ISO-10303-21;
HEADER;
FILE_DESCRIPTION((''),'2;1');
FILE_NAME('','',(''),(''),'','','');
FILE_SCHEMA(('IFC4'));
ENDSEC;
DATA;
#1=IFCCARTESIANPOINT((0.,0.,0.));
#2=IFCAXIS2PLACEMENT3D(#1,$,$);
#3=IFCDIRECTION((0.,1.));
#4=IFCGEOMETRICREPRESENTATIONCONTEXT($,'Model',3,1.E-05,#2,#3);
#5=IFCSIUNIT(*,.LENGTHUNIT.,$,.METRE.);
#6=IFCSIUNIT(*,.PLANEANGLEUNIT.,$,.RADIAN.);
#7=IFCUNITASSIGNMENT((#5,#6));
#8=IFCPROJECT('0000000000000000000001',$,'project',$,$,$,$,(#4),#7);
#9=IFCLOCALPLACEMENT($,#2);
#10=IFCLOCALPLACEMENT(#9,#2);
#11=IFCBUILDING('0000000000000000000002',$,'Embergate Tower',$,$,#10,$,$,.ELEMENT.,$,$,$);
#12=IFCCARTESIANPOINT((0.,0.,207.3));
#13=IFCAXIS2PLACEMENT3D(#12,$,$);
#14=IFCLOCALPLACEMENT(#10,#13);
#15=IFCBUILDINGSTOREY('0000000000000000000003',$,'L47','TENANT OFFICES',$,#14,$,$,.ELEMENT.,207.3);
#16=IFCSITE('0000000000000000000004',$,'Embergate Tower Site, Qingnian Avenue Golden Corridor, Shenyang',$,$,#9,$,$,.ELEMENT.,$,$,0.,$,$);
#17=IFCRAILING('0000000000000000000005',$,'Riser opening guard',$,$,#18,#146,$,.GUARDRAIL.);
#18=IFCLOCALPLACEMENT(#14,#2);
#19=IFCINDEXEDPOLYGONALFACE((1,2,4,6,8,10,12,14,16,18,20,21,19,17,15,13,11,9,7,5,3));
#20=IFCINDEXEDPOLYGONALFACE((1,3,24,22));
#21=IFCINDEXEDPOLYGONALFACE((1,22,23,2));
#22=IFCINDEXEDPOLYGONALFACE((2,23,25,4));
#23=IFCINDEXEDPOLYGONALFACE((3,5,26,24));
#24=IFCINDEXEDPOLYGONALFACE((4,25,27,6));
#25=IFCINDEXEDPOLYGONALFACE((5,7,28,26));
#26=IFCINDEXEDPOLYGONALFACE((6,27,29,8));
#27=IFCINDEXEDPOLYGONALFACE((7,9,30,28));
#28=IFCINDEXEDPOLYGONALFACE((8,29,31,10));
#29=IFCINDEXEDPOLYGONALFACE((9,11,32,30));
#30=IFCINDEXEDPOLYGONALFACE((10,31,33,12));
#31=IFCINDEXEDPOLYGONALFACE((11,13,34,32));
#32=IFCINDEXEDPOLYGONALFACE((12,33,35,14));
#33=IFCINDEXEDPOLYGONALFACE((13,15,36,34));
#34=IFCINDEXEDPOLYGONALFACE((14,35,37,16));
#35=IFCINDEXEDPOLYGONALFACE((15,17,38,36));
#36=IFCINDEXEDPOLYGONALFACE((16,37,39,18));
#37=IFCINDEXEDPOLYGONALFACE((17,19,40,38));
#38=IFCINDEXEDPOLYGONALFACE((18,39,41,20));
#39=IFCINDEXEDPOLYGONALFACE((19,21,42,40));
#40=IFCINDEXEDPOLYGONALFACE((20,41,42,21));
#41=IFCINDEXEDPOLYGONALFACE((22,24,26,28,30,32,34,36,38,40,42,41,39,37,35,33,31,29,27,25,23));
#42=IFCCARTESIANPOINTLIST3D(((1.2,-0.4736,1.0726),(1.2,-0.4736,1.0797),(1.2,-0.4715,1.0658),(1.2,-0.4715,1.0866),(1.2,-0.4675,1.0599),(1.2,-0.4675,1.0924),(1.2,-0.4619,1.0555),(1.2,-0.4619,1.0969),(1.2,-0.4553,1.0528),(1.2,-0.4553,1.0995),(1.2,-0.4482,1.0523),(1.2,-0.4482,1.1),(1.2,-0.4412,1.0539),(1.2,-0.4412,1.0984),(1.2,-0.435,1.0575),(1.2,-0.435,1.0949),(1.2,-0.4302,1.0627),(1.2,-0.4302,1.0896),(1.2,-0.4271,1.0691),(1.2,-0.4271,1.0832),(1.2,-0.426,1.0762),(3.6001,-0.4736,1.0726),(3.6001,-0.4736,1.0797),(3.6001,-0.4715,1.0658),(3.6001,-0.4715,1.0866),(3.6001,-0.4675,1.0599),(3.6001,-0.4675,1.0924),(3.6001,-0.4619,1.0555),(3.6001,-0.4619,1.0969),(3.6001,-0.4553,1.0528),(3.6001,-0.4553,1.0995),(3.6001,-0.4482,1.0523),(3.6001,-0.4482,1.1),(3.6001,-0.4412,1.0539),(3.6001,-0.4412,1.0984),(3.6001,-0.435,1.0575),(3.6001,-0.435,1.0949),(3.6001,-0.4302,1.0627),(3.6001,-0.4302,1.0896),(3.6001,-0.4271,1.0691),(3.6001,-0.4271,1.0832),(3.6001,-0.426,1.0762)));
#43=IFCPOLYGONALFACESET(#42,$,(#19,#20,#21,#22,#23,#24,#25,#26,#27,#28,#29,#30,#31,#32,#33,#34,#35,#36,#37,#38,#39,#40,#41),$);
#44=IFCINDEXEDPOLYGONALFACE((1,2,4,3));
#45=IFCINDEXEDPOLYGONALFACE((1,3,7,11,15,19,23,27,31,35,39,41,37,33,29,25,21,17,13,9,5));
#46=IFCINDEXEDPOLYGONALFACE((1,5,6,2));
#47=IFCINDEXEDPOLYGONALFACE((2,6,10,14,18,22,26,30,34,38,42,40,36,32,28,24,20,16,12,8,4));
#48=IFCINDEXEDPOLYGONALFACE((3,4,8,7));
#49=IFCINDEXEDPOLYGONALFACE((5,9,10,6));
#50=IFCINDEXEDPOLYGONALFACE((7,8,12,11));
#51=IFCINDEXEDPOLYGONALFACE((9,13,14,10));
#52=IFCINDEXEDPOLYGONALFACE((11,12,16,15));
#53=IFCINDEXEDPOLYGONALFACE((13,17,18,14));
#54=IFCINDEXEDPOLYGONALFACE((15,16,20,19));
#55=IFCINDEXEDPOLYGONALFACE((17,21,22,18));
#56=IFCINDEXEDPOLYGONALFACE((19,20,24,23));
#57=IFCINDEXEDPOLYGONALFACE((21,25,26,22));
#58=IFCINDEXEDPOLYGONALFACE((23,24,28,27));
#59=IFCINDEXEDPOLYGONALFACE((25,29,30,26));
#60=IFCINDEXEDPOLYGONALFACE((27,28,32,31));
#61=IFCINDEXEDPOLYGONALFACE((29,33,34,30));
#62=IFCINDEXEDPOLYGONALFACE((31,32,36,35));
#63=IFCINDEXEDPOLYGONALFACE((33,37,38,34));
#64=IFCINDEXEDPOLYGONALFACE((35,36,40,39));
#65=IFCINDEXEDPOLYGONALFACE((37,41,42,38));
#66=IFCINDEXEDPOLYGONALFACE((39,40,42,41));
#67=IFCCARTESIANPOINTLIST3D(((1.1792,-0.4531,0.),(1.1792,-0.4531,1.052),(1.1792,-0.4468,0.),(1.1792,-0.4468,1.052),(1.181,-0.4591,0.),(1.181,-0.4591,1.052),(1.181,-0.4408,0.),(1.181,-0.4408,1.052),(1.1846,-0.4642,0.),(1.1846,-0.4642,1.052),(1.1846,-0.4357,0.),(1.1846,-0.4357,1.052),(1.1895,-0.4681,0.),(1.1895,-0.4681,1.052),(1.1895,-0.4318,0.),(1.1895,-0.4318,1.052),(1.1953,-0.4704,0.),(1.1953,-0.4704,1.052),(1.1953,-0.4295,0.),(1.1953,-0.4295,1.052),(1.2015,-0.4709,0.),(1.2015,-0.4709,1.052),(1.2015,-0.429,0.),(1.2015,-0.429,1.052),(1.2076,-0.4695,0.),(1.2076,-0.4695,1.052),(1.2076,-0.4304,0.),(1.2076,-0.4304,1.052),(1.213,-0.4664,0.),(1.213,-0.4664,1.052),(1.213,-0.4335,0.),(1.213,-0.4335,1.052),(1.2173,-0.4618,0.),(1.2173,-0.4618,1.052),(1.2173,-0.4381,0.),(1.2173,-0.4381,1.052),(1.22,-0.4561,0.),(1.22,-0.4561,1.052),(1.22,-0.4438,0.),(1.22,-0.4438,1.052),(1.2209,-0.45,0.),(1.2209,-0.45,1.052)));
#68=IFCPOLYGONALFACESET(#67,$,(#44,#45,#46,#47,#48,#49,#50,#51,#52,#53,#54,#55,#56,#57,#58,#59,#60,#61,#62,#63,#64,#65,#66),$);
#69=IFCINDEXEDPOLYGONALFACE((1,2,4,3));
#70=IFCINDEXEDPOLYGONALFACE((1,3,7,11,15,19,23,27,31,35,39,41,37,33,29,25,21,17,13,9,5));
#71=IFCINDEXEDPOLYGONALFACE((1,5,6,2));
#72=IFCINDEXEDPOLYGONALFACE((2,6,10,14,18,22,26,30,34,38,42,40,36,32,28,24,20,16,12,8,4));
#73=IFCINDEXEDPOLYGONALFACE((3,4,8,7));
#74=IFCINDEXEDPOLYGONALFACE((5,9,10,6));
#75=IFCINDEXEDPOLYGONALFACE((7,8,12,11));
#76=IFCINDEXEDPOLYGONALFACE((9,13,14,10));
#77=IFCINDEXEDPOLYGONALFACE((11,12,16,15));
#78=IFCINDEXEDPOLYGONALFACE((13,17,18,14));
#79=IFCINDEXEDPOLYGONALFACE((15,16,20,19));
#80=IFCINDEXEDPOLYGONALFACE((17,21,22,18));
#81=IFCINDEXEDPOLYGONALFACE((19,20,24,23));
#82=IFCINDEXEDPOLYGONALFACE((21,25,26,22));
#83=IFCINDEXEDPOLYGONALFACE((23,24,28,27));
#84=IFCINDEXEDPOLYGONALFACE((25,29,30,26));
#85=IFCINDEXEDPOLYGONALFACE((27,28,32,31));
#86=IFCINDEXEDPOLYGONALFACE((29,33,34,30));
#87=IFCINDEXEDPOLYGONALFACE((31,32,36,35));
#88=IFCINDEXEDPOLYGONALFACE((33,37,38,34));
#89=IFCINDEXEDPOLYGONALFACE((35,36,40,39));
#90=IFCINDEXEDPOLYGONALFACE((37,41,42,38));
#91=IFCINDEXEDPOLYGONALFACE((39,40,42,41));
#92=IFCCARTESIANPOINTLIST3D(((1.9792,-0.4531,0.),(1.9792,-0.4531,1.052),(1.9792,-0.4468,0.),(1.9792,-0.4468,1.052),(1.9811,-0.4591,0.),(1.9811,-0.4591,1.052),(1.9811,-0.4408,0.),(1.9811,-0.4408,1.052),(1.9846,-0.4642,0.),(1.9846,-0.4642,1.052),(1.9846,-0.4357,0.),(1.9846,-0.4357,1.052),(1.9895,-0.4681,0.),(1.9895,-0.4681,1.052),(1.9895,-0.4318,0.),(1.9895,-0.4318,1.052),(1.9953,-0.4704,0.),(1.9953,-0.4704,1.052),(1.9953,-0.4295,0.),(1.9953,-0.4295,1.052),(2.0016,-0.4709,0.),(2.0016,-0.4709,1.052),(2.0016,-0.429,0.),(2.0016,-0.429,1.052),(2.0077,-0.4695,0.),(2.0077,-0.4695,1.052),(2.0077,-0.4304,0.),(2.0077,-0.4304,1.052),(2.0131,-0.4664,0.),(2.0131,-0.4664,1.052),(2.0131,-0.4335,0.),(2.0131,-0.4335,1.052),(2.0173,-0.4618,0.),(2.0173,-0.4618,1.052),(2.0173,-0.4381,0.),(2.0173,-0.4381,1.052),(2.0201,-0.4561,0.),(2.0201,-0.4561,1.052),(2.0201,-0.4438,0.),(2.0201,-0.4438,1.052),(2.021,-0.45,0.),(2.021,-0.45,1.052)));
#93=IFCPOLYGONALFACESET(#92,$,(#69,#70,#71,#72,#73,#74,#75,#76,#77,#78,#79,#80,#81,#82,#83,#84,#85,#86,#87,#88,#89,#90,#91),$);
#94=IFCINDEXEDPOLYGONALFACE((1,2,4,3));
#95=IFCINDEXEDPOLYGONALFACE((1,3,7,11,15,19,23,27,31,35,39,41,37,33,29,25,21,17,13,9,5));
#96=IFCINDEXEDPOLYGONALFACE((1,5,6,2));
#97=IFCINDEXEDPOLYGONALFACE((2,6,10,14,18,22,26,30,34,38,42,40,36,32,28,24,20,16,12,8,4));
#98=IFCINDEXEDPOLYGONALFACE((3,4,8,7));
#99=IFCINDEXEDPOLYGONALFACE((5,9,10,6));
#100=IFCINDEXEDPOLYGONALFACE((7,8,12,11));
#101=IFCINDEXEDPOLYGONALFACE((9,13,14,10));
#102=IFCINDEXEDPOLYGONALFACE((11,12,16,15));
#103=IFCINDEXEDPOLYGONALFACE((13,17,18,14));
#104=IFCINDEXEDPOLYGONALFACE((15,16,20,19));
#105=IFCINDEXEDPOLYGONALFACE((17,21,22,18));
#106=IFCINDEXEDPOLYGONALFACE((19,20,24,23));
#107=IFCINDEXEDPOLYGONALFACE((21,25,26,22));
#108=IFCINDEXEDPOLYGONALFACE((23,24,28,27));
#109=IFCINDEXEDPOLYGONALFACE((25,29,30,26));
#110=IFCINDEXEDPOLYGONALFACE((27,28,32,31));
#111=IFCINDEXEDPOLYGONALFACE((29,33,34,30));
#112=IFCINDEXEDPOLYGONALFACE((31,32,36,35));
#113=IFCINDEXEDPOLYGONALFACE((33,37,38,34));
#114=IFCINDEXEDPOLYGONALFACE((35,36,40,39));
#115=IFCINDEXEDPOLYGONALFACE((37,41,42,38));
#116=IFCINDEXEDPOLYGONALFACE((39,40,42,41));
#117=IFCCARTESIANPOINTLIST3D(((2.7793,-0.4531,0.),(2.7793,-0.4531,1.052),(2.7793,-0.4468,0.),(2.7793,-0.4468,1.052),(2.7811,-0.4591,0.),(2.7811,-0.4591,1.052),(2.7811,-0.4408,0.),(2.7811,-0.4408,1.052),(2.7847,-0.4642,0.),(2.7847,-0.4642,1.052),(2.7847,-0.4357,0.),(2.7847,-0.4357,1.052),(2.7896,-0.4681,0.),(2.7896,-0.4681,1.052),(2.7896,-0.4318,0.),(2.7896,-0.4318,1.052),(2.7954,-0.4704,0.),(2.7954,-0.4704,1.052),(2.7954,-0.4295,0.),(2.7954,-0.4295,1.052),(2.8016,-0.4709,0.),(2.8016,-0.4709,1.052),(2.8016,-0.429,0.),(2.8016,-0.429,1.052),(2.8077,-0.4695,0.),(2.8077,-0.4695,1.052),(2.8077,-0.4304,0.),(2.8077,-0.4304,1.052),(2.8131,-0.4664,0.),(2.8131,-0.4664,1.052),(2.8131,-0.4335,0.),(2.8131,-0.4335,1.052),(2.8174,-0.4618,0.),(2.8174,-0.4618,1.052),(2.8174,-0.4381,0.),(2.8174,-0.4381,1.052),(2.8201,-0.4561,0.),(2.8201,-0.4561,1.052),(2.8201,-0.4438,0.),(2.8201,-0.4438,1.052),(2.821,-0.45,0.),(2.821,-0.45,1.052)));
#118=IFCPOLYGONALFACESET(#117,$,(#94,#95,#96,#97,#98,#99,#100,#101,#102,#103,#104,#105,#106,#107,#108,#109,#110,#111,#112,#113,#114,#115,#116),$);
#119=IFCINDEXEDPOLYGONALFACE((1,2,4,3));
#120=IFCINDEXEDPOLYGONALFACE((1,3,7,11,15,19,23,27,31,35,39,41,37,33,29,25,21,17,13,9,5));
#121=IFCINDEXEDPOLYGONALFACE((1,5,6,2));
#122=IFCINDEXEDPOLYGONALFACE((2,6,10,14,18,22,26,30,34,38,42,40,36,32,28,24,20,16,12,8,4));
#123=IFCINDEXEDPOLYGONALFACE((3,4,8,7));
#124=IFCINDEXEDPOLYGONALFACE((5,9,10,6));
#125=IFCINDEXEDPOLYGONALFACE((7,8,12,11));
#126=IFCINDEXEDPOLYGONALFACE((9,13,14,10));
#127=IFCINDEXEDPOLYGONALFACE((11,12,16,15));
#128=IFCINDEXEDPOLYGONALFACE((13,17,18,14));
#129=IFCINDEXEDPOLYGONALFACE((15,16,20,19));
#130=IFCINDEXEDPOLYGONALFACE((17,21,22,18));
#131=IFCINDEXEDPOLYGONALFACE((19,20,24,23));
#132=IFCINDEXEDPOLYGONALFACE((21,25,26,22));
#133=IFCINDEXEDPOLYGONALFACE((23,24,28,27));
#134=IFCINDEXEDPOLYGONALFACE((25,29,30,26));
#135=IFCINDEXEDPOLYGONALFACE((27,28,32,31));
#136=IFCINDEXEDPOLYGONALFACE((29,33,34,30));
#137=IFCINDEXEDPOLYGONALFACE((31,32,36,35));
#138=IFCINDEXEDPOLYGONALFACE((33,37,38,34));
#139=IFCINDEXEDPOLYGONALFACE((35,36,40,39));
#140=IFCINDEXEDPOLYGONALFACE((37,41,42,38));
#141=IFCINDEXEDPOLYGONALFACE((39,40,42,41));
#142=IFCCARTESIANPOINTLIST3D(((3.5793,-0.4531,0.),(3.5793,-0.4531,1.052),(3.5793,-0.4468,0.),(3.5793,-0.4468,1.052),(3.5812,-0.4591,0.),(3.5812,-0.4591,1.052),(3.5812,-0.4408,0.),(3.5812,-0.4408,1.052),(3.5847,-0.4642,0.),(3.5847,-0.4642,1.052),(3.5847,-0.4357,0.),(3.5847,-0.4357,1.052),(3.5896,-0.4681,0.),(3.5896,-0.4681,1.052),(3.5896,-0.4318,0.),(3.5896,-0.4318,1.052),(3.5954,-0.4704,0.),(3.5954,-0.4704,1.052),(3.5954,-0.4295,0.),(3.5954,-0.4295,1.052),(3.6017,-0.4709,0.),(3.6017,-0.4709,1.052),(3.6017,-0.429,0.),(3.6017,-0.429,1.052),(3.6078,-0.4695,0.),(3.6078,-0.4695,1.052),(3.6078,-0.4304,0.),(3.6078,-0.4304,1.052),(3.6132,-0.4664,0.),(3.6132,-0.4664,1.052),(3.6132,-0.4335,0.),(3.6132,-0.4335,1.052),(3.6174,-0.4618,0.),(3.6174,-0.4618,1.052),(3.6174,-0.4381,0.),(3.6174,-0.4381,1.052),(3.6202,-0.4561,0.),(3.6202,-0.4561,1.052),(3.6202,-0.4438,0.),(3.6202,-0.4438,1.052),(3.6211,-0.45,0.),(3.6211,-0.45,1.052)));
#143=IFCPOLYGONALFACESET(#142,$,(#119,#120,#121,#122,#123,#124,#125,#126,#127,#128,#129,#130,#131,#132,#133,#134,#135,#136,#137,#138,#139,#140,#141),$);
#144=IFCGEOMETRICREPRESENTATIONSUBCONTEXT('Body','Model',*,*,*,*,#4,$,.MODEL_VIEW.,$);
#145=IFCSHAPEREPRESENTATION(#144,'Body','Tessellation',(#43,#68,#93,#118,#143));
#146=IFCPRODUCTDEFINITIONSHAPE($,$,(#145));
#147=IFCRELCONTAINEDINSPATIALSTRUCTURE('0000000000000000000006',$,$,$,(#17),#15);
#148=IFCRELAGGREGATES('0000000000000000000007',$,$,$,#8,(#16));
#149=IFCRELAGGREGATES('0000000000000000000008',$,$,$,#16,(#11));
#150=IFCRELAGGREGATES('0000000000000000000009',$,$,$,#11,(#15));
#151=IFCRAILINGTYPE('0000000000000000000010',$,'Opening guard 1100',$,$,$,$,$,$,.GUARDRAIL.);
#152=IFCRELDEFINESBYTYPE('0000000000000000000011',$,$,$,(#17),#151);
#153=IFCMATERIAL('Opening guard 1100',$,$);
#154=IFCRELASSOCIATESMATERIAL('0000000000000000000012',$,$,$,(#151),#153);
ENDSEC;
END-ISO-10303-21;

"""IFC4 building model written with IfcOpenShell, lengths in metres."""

from ifc_helpers import new_model, si_unit, direction, frame, origin, origin_2d, place, context, subcontext, project, spatial, circle, extrude, source, transform, mapped, material, type_object, element, save


model = new_model("IFC4")

# Units and contexts
model_context = context("Model", 3, precision=1e-05, world=origin(), true_north=direction((0.0, 1.0)))
body_context = subcontext(model_context, "Body", "Model", "MODEL_VIEW")
ifc_project = project(units=[si_unit("LENGTHUNIT", "METRE"), si_unit("PLANEANGLEUNIT", "RADIAN")], contexts=[model_context])

# Site, building, storey
site_placement = place(None, origin())
site = spatial("IfcSite", under=ifc_project, at=site_placement, Name="Embergate Tower Site, Qingnian Avenue Golden Corridor, Shenyang", CompositionType="ELEMENT", RefElevation=0.0)
building_placement = place(site_placement, origin())
building = spatial("IfcBuilding", under=site, at=building_placement, Name="Embergate Tower", CompositionType="ELEMENT")
storey_placement = place(building_placement, frame((0.0, 0.0, 207.3)))
storey = spatial("IfcBuildingStorey", under=building, at=storey_placement, Name="L47", Description="TENANT OFFICES", CompositionType="ELEMENT", Elevation=207.3)

# Railing
ifc_material_1 = material(Name="Opening guard 1100")
railing_type_1 = type_object("IfcRailingType", Name="Opening guard 1100", PredefinedType="GUARDRAIL", material=ifc_material_1)
shared_shape_1 = source(origin(), body_context, "Body", "SweptSolid", [
    extrude(circle(Radius=0.0239, at=origin_2d()), frame((0.0, 0.0, 1.0762), z_axis=(1.0, 0.0, 0.0), x_axis=(0.0, 1.0, 0.0)), (0.0, 0.0, 1.0), 2.4001),
    extrude(circle(Radius=0.021, at=origin_2d()), origin(), (0.0, 0.0, 1.0), 1.052),
    extrude(circle(Radius=0.021, at=origin_2d()), frame((0.8, 0.0, 0.0)), (0.0, 0.0, 1.0), 1.052),
    extrude(circle(Radius=0.021, at=origin_2d()), frame((1.6001, 0.0, 0.0)), (0.0, 0.0, 1.0), 1.052),
    extrude(circle(Radius=0.021, at=origin_2d()), frame((2.4001, 0.0, 0.0)), (0.0, 0.0, 1.0), 1.052),
])
railing_1_placement = place(storey_placement, frame((1.2, -0.45, 0.0)))
element("IfcRailing", 1, at=railing_1_placement, inside=storey, type_object=railing_type_1, Name="Riser opening guard", PredefinedType="GUARDRAIL", context=body_context, shape_type="MappedRepresentation", body=[
    mapped(shared_shape_1, transform((0.0, 0.0, 0.0))),
])

save(model, "model.ifc")
